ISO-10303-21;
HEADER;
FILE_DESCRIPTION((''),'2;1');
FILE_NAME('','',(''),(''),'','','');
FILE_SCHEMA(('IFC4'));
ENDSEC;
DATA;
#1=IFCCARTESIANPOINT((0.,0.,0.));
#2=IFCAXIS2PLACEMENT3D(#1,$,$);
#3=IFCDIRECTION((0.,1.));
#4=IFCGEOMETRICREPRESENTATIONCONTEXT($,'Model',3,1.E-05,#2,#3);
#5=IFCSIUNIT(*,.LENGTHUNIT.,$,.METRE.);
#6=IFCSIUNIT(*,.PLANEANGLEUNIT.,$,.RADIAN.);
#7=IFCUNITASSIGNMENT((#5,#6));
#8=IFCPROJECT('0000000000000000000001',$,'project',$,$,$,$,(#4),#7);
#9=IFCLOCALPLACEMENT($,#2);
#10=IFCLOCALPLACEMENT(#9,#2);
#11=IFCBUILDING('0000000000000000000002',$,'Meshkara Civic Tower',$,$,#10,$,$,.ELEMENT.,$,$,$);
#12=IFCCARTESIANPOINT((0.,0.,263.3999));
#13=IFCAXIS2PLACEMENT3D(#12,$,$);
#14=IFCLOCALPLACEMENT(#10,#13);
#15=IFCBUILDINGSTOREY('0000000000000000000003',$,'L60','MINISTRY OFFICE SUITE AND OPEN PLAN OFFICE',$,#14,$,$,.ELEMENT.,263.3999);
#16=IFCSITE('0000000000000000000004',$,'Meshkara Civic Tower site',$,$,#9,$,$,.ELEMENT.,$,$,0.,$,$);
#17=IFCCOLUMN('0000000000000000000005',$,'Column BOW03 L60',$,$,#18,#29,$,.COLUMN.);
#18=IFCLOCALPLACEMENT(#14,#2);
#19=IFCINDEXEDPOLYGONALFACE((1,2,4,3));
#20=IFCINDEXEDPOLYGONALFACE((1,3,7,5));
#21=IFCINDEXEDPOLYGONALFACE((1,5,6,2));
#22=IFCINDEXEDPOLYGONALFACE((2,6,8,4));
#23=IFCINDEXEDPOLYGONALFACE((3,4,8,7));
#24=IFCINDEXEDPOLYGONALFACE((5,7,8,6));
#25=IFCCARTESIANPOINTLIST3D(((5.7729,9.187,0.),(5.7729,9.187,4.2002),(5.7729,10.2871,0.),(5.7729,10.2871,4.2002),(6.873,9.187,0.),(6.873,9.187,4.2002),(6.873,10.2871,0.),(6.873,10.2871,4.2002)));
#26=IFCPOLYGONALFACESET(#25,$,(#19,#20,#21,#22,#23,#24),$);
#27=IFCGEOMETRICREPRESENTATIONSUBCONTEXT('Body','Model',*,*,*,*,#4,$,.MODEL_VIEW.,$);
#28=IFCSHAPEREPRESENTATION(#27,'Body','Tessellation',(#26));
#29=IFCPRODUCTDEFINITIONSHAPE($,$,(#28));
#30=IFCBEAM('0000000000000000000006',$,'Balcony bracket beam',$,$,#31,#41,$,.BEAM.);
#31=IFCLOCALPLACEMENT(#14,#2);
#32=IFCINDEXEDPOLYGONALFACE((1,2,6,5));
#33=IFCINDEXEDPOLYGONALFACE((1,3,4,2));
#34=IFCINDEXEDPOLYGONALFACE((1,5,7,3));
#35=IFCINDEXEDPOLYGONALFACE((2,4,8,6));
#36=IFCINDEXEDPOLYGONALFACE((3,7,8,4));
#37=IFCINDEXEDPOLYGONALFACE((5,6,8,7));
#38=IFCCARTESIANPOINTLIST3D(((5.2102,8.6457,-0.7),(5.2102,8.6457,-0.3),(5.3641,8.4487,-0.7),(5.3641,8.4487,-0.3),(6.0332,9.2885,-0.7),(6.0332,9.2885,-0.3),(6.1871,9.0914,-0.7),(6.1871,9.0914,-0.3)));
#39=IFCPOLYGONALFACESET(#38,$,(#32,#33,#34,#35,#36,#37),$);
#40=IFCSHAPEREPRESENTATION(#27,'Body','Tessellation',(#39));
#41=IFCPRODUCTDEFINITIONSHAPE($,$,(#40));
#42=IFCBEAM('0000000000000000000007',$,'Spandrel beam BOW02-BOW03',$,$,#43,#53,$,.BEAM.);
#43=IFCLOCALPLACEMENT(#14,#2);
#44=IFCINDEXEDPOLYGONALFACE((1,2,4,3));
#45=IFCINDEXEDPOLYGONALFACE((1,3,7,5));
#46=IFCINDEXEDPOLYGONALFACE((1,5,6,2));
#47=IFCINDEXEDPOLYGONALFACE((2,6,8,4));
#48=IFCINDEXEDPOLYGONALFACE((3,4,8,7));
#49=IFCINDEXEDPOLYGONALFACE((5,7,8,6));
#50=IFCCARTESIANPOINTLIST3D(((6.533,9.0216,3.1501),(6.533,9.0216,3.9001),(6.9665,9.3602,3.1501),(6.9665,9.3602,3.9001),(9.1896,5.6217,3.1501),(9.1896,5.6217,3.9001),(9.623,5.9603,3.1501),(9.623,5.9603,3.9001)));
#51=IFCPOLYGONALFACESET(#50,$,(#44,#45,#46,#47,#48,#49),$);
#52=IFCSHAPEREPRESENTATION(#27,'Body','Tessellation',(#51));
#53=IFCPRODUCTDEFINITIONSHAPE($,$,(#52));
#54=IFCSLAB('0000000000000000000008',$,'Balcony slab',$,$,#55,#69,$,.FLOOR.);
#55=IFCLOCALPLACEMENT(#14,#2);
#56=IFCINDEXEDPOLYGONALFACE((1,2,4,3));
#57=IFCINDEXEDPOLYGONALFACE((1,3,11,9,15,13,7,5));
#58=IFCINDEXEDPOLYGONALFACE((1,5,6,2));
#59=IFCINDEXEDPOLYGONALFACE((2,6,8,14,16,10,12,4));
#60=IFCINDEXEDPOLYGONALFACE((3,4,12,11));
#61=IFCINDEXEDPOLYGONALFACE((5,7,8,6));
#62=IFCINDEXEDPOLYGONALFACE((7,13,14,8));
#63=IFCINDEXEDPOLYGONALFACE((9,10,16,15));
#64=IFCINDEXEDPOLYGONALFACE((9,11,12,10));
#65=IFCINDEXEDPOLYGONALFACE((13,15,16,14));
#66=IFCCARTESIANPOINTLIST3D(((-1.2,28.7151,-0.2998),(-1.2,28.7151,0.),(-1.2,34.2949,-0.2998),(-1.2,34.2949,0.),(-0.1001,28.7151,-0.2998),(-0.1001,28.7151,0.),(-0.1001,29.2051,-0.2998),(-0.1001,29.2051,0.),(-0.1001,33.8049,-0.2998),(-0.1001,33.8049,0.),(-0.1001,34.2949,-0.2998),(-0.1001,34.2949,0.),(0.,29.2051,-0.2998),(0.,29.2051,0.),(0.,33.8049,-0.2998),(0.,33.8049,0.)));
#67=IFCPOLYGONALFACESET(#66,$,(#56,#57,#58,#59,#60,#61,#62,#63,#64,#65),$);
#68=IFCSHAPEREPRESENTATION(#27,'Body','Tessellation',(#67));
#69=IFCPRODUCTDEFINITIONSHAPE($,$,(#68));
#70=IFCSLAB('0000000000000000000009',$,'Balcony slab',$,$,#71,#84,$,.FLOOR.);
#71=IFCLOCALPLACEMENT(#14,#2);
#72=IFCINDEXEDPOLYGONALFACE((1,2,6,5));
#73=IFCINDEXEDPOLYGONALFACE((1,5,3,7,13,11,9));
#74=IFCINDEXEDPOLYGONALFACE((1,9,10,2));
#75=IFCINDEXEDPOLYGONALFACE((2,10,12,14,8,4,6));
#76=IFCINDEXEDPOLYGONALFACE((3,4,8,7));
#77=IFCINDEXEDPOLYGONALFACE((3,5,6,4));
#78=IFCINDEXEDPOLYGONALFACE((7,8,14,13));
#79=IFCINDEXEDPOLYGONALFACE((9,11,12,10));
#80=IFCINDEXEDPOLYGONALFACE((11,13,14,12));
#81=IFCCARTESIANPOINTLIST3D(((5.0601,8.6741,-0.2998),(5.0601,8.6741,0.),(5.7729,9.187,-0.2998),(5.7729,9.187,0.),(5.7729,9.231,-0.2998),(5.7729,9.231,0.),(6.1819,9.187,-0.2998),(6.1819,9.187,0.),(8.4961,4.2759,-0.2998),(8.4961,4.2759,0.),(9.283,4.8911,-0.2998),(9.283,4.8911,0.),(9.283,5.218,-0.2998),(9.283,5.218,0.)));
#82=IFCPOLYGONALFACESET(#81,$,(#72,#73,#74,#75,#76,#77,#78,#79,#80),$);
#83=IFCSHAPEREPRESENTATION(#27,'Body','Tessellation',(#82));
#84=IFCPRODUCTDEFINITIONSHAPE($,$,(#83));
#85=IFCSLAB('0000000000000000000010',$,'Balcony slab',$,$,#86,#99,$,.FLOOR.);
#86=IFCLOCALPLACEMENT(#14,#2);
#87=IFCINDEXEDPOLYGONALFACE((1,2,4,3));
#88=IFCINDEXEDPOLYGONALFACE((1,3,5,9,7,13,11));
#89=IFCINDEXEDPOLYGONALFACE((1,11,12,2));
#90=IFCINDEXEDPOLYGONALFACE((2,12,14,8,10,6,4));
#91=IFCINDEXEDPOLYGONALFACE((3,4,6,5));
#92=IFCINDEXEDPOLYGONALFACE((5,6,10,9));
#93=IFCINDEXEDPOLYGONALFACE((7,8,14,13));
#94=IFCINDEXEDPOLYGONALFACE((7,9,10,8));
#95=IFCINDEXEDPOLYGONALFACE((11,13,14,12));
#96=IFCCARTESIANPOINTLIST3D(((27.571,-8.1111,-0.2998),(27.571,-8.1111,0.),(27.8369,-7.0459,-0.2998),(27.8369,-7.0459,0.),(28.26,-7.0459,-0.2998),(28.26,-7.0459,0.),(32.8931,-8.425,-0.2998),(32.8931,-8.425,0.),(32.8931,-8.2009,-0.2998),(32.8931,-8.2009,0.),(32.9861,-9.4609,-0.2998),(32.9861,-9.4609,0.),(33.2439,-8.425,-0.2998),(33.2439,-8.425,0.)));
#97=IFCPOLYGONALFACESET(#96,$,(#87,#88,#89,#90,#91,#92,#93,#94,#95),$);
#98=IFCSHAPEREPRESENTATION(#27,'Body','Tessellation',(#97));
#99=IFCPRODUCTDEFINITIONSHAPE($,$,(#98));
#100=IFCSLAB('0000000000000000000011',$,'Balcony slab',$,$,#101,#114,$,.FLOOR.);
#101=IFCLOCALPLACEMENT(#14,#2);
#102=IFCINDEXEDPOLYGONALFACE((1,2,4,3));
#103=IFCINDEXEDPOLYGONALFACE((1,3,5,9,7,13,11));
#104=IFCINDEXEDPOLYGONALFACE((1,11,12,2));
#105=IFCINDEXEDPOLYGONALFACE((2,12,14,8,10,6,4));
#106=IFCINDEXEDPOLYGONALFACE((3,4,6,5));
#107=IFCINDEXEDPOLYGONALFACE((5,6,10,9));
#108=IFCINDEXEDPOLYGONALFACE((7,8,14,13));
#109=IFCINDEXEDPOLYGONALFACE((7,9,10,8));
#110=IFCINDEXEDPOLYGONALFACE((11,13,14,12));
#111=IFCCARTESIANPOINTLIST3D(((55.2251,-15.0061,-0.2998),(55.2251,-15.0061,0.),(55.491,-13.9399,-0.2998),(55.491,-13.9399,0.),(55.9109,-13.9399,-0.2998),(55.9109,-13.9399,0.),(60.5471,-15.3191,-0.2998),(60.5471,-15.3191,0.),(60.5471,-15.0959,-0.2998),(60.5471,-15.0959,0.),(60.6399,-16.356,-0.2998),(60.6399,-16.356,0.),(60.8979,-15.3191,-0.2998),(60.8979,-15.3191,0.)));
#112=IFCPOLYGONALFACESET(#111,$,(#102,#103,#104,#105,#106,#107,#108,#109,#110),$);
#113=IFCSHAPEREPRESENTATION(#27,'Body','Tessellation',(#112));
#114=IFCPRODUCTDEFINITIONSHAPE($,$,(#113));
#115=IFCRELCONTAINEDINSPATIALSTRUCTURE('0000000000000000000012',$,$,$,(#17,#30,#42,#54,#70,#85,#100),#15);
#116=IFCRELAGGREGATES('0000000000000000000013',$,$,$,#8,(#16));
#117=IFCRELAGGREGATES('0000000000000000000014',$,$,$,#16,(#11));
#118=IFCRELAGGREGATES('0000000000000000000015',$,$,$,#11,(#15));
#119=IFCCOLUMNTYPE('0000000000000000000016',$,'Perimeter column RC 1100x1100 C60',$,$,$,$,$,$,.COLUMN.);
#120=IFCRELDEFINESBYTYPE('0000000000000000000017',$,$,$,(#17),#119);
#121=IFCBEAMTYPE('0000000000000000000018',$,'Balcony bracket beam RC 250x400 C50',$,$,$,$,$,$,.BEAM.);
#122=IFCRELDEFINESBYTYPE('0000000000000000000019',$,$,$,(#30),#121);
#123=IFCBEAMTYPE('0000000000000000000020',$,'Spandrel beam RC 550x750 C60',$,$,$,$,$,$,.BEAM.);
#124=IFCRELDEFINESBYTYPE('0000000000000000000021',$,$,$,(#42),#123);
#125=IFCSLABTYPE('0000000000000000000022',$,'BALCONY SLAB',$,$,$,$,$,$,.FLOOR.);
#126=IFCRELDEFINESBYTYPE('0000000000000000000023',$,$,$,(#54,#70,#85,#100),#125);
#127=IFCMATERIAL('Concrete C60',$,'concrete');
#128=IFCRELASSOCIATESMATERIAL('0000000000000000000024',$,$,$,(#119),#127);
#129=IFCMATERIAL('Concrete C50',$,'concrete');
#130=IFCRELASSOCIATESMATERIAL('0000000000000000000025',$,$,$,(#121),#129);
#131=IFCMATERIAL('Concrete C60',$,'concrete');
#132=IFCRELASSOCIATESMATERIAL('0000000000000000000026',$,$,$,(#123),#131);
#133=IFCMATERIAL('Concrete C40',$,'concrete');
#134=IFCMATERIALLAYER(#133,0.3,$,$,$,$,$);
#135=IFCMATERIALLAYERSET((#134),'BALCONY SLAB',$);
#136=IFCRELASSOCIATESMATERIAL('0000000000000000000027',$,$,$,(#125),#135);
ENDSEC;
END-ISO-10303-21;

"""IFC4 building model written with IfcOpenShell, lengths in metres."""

from ifc_helpers import new_model, si_unit, direction, frame, origin, origin_2d, place, context, subcontext, project, spatial, polyline, rectangle, outline, extrude, material, layer, layer_set, material_profile, profile_set, type_object, element, save


model = new_model("IFC4")

# Units and contexts
model_context = context("Model", 3, precision=1e-05, world=origin(), true_north=direction((0.0, 1.0)))
body_context = subcontext(model_context, "Body", "Model", "MODEL_VIEW")
ifc_project = project(units=[si_unit("LENGTHUNIT", "METRE"), si_unit("PLANEANGLEUNIT", "RADIAN")], contexts=[model_context])

# Site, building, storey
site_placement = place(None, origin())
site = spatial("IfcSite", under=ifc_project, at=site_placement, Name="Meshkara Civic Tower site", CompositionType="ELEMENT", RefElevation=0.0)
building_placement = place(site_placement, origin())
building = spatial("IfcBuilding", under=site, at=building_placement, Name="Meshkara Civic Tower", CompositionType="ELEMENT")
storey_placement = place(building_placement, frame((0.0, 0.0, 263.3999)))
storey = spatial("IfcBuildingStorey", under=building, at=storey_placement, Name="L60", Description="MINISTRY OFFICE SUITE AND OPEN PLAN OFFICE", CompositionType="ELEMENT", Elevation=263.3999)

# Column
ifc_material_1 = material(Name="Concrete C60", Category="concrete")
ifc_material_profile_1 = material_profile(ifc_material_1, rectangle(XDim=1.1001, YDim=1.1001, at=origin_2d()))
ifc_profile_set_1 = profile_set([ifc_material_profile_1], Name="Concrete C60")
column_type = type_object("IfcColumnType", Name="Perimeter column RC 1100x1100 C60", PredefinedType="COLUMN", material=ifc_profile_set_1)
column_placement = place(storey_placement, frame((6.323, 9.7371, 0.0), z_axis=(0.0, 0.0, 1.0), x_axis=(1.0, 0.0, 0.0)))
element("IfcColumn", 1, at=column_placement, inside=storey, type_object=column_type, Name="Column BOW03 L60", PredefinedType="COLUMN", context=body_context, shape_type="SweptSolid", body=[
    extrude(rectangle(XDim=1.1001, YDim=1.1001, at=origin_2d()), origin(), (0.0, 0.0, 1.0), 4.2002),
])

# Beams
ifc_material_2 = material(Name="Concrete C50", Category="concrete")
ifc_material_profile_2 = material_profile(ifc_material_2, rectangle(XDim=0.25, YDim=0.3999, at=origin_2d()))
ifc_profile_set_2 = profile_set([ifc_material_profile_2], Name="Concrete C50")
beam_type_1 = type_object("IfcBeamType", Name="Balcony bracket beam RC 250x400 C50", PredefinedType="BEAM", material=ifc_profile_set_2)
beam_1_placement = place(storey_placement, frame((6.1101, 9.1899, -0.5), z_axis=(-0.788092, -0.615558, 0.0), x_axis=(0.615558, -0.788092, 0.0)))
element("IfcBeam", 2, at=beam_1_placement, inside=storey, type_object=beam_type_1, Name="Balcony bracket beam", PredefinedType="BEAM", context=body_context, shape_type="SweptSolid", body=[
    extrude(rectangle(XDim=0.25, YDim=0.3999, at=origin_2d()), origin(), (0.0, 0.0, 1.0), 1.0442),
])
ifc_material_3 = material(Name="Concrete C60", Category="concrete")
ifc_material_profile_3 = material_profile(ifc_material_3, rectangle(XDim=0.55, YDim=0.75, at=origin_2d()))
ifc_profile_set_3 = profile_set([ifc_material_profile_3], Name="Concrete C60")
beam_type_2 = type_object("IfcBeamType", Name="Spandrel beam RC 550x750 C60", PredefinedType="BEAM", material=ifc_profile_set_3)
beam_2_placement = place(storey_placement, frame((6.7498, 9.1909, 3.5251), z_axis=(0.61569, -0.787988, 0.0), x_axis=(0.787988, 0.61569, 0.0)))
element("IfcBeam", 3, at=beam_2_placement, inside=storey, type_object=beam_type_2, Name="Spandrel beam BOW02-BOW03", PredefinedType="BEAM", context=body_context, shape_type="SweptSolid", body=[
    extrude(rectangle(XDim=0.55, YDim=0.75, at=origin_2d()), origin(), (0.0, 0.0, 1.0), 4.3147),
])

# Slabs
ifc_material_4 = material(Name="Concrete C40", Category="concrete")
ifc_layer_1 = layer(ifc_material_4, 0.3)
ifc_layer_set_1 = layer_set([ifc_layer_1], Name="BALCONY SLAB")
slab_type_1 = type_object("IfcSlabType", Name="BALCONY SLAB", PredefinedType="FLOOR", material=ifc_layer_set_1)
slab_1_placement = place(storey_placement, frame((0.0, 0.0, -0.2998)))
element("IfcSlab", 4, at=slab_1_placement, inside=storey, type_object=slab_type_1, Name="Balcony slab", PredefinedType="FLOOR", context=body_context, shape_type="SweptSolid", body=[
    extrude(outline(polyline([(-1.2, 28.7151), (-1.2, 34.2949), (-0.1001, 34.2949), (-0.1001, 33.8049), (0.0, 33.8049), (0.0, 29.2051), (-0.1001, 29.2051), (-0.1001, 28.7151), (-1.2, 28.7151)])), origin(), (0.0, 0.0, 1.0), 0.2998),
])
slab_2_placement = place(storey_placement, frame((0.0, 0.0, -0.2998)))
element("IfcSlab", 5, at=slab_2_placement, inside=storey, type_object=slab_type_1, Name="Balcony slab", PredefinedType="FLOOR", context=body_context, shape_type="SweptSolid", body=[
    extrude(outline(polyline([(8.4961, 4.2759), (5.0601, 8.6741), (5.7729, 9.231), (5.7729, 9.187), (6.1819, 9.187), (9.283, 5.218), (9.283, 4.8911), (8.4961, 4.2759)])), origin(), (0.0, 0.0, 1.0), 0.2998),
])
slab_3_placement = place(storey_placement, frame((0.0, 0.0, -0.2998)))
element("IfcSlab", 6, at=slab_3_placement, inside=storey, type_object=slab_type_1, Name="Balcony slab", PredefinedType="FLOOR", context=body_context, shape_type="SweptSolid", body=[
    extrude(outline(polyline([(32.9861, -9.4609), (27.571, -8.1111), (27.8369, -7.0459), (28.26, -7.0459), (32.8931, -8.2009), (32.8931, -8.425), (33.2439, -8.425), (32.9861, -9.4609)])), origin(), (0.0, 0.0, 1.0), 0.2998),
])
slab_4_placement = place(storey_placement, frame((0.0, 0.0, -0.2998)))
element("IfcSlab", 7, at=slab_4_placement, inside=storey, type_object=slab_type_1, Name="Balcony slab", PredefinedType="FLOOR", context=body_context, shape_type="SweptSolid", body=[
    extrude(outline(polyline([(60.6399, -16.356), (55.2251, -15.0061), (55.491, -13.9399), (55.9109, -13.9399), (60.5471, -15.0959), (60.5471, -15.3191), (60.8979, -15.3191), (60.6399, -16.356)])), origin(), (0.0, 0.0, 1.0), 0.2998),
])

save(model, "model.ifc")
